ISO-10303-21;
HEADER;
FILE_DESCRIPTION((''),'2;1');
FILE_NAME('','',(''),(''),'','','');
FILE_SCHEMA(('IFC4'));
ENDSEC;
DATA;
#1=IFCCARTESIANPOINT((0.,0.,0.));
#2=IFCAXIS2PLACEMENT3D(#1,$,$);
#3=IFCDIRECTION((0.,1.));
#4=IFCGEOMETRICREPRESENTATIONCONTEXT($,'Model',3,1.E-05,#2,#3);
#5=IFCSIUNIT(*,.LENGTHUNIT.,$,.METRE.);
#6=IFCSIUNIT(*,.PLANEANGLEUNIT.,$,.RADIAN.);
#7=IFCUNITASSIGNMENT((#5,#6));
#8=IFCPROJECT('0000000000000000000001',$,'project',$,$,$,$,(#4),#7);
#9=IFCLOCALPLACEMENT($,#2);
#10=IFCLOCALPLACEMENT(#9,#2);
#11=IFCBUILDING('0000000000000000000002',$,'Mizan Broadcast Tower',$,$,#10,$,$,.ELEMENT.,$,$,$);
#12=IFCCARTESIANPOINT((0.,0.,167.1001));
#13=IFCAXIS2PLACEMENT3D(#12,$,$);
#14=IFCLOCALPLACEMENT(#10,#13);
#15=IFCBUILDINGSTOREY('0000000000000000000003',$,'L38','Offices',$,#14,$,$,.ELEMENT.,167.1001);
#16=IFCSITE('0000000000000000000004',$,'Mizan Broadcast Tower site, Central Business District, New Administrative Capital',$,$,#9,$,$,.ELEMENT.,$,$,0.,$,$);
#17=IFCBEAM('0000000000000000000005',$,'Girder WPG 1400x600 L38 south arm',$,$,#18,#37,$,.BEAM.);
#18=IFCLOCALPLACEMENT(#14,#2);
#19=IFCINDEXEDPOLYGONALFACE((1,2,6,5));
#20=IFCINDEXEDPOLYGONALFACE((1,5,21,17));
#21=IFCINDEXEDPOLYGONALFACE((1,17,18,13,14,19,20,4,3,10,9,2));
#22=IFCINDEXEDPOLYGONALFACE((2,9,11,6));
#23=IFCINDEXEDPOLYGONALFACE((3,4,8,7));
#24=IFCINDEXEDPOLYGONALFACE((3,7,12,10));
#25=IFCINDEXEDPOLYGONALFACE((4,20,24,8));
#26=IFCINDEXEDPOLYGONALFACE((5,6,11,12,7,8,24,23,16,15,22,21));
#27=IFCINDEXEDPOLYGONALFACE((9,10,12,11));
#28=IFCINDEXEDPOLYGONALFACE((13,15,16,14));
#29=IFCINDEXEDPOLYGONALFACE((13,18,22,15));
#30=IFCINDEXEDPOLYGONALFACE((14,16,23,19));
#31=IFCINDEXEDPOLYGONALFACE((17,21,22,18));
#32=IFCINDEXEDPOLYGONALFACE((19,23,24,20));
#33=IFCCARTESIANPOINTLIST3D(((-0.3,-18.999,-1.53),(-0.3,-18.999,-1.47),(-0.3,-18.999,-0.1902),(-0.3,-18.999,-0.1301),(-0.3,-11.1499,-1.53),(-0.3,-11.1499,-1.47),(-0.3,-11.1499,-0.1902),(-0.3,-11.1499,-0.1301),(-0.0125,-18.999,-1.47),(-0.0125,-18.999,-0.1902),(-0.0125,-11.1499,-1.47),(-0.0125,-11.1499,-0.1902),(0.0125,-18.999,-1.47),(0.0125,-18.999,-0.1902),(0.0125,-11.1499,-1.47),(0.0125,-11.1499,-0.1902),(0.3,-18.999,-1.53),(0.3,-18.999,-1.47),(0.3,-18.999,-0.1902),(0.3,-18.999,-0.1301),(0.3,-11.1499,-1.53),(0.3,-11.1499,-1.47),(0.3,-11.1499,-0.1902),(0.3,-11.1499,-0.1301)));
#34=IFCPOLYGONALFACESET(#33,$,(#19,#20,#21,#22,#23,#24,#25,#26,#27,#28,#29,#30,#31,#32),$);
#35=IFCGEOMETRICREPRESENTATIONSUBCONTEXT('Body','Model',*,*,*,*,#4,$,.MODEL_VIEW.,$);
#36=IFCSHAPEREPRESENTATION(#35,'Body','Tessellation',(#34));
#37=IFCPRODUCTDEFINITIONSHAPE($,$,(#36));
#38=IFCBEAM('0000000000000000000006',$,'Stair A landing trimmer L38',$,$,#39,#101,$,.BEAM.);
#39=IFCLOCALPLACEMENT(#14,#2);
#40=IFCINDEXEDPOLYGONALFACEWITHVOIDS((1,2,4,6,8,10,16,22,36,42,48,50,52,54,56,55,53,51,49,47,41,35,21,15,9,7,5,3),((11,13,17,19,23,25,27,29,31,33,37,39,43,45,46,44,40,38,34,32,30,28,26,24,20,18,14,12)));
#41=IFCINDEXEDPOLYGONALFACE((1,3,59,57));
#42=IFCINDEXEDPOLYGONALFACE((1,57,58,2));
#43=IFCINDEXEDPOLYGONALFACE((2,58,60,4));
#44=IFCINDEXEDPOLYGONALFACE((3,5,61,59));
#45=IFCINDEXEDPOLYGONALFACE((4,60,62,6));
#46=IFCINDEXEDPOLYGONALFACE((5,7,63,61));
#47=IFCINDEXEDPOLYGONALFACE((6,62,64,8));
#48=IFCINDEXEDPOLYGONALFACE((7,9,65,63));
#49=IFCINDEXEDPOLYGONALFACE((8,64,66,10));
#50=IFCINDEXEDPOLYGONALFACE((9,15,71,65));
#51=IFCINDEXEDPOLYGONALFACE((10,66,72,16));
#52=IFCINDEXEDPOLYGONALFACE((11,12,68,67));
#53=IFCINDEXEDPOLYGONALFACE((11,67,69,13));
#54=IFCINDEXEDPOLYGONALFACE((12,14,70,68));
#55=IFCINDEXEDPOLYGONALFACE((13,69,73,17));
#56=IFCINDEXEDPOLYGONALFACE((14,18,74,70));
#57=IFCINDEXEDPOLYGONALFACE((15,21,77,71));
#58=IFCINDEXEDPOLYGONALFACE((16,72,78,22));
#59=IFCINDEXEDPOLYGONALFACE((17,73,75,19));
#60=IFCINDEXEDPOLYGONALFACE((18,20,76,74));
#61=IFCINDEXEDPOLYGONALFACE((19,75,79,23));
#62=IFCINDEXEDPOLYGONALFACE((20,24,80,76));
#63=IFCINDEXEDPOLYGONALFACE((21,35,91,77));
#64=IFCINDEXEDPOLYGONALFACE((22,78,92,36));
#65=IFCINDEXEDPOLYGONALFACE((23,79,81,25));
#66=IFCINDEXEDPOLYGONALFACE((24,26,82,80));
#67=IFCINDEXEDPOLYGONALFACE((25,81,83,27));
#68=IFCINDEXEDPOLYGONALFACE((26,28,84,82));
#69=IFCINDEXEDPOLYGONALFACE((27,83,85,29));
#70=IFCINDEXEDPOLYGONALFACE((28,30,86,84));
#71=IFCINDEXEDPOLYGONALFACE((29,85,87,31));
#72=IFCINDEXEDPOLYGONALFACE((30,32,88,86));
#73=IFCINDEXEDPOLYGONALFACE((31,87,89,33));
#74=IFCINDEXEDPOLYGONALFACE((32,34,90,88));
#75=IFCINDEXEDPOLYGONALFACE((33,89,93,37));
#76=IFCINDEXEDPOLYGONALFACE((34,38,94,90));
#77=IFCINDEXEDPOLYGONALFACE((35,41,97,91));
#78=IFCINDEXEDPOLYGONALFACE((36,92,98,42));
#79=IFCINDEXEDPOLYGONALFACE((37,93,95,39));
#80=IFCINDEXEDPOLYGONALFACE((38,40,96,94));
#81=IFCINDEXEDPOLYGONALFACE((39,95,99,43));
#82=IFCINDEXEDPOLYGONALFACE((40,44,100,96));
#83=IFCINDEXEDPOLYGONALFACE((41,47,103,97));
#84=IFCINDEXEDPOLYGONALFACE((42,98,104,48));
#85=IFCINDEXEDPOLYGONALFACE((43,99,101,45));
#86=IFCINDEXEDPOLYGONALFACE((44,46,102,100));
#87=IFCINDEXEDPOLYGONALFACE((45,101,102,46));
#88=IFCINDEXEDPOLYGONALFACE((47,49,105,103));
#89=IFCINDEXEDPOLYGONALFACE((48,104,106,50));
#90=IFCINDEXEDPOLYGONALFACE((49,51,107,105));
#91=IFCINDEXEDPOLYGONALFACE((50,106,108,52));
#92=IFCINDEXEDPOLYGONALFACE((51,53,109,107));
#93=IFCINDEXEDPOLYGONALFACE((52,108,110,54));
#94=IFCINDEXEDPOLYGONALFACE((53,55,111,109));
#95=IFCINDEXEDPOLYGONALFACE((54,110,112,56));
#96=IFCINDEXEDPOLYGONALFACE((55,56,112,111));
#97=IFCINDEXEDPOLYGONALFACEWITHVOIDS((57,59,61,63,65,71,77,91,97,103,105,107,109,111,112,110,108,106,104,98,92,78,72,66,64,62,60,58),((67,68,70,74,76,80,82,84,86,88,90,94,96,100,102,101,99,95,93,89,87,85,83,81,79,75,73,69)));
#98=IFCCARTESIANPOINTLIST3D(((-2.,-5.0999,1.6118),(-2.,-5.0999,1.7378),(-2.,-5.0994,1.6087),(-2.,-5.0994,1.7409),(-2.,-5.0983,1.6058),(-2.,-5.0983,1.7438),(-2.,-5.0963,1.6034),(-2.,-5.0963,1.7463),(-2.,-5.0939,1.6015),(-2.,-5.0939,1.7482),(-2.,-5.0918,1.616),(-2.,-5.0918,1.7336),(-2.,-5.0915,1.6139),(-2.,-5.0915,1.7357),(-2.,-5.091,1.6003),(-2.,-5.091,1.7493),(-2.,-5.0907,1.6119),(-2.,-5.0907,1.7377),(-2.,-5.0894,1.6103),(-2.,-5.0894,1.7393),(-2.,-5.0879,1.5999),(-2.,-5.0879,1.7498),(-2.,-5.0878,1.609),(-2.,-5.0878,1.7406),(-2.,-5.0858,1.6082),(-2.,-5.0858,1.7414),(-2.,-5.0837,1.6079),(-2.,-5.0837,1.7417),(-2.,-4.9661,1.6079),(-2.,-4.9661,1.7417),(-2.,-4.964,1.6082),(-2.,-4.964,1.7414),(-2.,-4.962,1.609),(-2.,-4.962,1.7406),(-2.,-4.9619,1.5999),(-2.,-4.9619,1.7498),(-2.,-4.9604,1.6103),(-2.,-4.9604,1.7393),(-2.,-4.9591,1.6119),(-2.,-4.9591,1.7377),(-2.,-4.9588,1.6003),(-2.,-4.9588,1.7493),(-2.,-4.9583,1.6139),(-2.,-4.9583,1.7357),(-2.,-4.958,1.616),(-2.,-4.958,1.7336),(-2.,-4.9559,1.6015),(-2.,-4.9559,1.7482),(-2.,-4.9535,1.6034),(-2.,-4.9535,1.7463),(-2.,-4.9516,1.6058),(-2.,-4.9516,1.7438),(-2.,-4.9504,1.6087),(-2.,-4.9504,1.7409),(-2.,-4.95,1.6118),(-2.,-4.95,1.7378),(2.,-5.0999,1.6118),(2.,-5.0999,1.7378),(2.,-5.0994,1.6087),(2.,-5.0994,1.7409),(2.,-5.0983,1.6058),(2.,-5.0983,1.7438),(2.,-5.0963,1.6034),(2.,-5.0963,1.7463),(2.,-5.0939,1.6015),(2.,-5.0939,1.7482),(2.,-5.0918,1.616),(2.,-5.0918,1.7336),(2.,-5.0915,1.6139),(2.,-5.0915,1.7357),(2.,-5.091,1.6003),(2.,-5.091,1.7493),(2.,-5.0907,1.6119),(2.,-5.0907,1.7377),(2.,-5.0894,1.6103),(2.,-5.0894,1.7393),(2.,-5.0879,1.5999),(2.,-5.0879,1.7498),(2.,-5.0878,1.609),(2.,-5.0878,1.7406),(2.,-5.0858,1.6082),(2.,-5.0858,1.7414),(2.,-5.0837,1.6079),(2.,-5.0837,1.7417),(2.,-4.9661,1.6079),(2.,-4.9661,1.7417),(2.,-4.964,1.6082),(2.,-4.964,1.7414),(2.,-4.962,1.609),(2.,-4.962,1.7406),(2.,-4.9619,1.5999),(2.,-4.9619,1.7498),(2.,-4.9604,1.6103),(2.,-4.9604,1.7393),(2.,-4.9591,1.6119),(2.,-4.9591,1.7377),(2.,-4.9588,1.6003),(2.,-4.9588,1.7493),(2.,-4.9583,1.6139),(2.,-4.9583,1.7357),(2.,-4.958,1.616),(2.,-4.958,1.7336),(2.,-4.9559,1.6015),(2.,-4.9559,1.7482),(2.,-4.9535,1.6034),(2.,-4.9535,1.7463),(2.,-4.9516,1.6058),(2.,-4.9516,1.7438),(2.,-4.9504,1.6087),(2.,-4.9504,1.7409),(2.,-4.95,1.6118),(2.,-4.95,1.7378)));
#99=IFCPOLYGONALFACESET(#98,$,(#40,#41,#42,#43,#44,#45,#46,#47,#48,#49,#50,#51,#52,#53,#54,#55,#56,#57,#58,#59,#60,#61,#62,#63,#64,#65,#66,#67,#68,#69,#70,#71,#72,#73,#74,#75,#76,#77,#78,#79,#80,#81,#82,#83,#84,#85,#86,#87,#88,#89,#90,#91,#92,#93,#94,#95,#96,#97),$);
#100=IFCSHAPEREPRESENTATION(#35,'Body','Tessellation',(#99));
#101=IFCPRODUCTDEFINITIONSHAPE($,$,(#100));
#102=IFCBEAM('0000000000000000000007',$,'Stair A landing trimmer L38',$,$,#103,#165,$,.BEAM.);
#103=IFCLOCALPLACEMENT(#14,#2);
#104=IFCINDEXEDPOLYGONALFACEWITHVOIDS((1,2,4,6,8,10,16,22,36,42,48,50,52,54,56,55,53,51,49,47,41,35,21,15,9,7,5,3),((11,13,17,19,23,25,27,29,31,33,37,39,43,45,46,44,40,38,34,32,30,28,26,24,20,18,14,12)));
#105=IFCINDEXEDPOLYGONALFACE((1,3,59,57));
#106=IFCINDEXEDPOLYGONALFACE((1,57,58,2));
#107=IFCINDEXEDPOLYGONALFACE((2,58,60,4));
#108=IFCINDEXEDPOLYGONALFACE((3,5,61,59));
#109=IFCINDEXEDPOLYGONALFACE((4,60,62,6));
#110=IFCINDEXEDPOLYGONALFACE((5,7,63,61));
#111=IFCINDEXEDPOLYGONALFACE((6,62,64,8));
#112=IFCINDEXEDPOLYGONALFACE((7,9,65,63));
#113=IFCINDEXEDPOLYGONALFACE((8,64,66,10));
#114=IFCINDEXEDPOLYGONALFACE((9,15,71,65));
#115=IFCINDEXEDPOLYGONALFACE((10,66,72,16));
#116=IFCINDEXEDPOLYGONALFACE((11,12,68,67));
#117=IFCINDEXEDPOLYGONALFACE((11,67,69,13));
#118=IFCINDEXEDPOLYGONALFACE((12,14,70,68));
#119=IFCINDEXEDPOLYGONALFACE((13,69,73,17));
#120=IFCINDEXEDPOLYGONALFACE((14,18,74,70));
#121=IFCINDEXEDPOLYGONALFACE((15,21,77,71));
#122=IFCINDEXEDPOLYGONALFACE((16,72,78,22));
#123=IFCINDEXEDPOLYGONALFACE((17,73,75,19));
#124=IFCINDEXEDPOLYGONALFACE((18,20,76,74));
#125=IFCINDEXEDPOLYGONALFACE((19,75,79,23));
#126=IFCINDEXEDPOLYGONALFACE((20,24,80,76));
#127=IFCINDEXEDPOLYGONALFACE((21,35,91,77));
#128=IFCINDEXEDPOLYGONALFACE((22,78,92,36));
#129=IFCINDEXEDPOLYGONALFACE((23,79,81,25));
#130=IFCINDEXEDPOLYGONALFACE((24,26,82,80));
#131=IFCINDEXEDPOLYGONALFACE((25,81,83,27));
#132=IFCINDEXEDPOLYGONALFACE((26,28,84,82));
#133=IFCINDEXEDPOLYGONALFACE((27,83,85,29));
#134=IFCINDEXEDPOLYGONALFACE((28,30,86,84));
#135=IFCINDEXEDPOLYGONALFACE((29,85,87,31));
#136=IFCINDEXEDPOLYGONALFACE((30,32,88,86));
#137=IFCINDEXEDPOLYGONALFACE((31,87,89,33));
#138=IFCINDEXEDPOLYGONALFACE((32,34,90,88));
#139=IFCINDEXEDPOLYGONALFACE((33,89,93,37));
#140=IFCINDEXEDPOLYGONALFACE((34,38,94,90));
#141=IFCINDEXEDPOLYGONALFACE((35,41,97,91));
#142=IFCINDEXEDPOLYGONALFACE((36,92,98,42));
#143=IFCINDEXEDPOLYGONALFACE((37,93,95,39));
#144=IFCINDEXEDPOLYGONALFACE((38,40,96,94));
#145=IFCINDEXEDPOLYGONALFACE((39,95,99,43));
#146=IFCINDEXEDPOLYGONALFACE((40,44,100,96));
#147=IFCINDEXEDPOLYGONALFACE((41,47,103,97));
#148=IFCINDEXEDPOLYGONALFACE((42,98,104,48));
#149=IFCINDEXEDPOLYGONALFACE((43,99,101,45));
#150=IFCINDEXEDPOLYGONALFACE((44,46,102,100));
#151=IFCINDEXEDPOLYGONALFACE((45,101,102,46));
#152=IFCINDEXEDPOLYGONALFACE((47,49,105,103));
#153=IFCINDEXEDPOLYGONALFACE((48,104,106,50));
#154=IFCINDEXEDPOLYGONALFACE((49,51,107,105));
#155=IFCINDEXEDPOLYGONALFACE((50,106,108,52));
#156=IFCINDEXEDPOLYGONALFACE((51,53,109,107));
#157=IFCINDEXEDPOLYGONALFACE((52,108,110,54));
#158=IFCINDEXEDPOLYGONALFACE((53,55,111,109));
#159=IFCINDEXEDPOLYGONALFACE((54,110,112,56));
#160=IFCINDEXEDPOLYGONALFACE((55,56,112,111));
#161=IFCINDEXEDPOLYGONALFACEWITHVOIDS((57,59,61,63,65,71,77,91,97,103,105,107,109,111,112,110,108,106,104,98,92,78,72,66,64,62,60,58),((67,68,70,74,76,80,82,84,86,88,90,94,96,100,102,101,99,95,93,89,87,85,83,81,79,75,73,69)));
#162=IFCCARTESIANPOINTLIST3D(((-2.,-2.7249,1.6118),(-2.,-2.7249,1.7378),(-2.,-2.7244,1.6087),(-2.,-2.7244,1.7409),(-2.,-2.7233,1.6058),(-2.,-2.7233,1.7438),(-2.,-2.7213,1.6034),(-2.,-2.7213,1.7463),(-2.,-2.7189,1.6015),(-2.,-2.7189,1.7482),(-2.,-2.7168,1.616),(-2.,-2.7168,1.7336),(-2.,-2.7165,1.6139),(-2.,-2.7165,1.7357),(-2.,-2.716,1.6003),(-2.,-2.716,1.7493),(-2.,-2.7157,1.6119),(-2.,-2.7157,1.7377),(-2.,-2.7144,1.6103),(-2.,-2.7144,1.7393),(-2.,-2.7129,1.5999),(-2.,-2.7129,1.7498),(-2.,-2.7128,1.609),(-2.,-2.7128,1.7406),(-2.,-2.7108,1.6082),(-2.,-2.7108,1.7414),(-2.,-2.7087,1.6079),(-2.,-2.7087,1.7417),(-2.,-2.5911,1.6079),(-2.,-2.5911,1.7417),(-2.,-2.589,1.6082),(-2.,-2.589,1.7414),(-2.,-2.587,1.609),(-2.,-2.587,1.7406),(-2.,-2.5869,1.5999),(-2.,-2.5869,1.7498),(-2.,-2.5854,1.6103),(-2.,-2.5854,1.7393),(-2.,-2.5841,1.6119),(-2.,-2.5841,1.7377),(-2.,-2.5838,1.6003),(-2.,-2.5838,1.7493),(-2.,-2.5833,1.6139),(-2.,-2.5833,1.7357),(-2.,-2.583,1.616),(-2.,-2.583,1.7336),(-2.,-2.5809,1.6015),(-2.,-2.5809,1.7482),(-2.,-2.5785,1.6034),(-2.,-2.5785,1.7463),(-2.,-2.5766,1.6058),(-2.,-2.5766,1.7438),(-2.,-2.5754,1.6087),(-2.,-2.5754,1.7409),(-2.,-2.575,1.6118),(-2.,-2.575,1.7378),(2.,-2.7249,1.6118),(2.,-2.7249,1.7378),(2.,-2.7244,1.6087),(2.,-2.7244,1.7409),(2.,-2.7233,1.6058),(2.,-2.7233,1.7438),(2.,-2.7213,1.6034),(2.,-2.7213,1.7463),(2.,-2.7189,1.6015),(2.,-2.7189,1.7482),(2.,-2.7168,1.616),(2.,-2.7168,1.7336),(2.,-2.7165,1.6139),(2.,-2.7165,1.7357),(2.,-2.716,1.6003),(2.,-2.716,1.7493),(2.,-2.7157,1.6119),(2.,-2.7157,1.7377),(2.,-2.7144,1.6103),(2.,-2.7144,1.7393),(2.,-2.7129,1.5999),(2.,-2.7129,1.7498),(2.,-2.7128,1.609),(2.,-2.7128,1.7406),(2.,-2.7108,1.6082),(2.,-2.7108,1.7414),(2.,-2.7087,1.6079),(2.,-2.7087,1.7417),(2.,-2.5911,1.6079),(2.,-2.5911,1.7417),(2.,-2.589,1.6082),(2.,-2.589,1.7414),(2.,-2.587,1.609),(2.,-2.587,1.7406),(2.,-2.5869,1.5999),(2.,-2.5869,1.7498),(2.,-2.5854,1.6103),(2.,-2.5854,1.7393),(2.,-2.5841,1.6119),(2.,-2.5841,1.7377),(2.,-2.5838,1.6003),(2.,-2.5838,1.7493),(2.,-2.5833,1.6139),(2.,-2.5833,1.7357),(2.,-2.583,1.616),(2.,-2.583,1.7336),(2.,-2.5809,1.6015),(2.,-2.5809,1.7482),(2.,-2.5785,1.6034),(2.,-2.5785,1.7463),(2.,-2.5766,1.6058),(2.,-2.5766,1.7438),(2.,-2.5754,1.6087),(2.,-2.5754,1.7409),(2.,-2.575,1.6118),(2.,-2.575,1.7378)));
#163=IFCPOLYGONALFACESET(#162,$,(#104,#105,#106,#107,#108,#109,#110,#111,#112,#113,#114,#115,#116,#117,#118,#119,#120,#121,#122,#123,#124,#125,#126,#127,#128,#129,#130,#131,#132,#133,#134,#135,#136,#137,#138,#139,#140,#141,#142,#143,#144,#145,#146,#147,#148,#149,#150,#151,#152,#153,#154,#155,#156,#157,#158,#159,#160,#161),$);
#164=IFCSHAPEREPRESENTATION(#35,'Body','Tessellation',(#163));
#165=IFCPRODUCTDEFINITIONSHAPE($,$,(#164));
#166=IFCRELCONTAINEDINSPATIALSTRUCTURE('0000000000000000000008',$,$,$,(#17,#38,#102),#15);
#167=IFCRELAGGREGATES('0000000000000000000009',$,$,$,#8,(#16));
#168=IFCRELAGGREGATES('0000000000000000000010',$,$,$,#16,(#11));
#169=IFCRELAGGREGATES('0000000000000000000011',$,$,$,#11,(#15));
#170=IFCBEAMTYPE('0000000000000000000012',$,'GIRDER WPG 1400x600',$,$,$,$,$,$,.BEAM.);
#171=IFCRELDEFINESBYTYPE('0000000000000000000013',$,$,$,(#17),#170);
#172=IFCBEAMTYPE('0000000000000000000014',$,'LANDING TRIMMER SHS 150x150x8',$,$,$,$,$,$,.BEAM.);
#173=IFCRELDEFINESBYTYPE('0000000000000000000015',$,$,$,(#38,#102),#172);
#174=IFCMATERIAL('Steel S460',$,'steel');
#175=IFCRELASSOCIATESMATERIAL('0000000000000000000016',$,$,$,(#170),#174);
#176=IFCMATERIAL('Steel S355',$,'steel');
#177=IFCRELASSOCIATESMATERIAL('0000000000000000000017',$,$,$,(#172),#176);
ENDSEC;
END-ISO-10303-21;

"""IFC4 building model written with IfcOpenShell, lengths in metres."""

from ifc_helpers import new_model, si_unit, direction, frame, origin, origin_2d, place, context, subcontext, project, spatial, hollow_rectangle, i_section, extrude, material, material_profile, profile_set, type_object, element, save


model = new_model("IFC4")

# Units and contexts
model_context = context("Model", 3, precision=1e-05, world=origin(), true_north=direction((0.0, 1.0)))
body_context = subcontext(model_context, "Body", "Model", "MODEL_VIEW")
ifc_project = project(units=[si_unit("LENGTHUNIT", "METRE"), si_unit("PLANEANGLEUNIT", "RADIAN")], contexts=[model_context])

# Site, building, storey
site_placement = place(None, origin())
site = spatial("IfcSite", under=ifc_project, at=site_placement, Name="Mizan Broadcast Tower site, Central Business District, New Administrative Capital", CompositionType="ELEMENT", RefElevation=0.0)
building_placement = place(site_placement, origin())
building = spatial("IfcBuilding", under=site, at=building_placement, Name="Mizan Broadcast Tower", CompositionType="ELEMENT")
storey_placement = place(building_placement, frame((0.0, 0.0, 167.1001)))
storey = spatial("IfcBuildingStorey", under=building, at=storey_placement, Name="L38", Description="Offices", CompositionType="ELEMENT", Elevation=167.1001)

# Beams
ifc_material_1 = material(Name="Steel S460", Category="steel")
ifc_material_profile_1 = material_profile(ifc_material_1, i_section(OverallWidth=0.6001, OverallDepth=1.3999, WebThickness=0.0249, FlangeThickness=0.0601, at=origin_2d()), Name="WPG 1400x600")
ifc_profile_set_1 = profile_set([ifc_material_profile_1], Name="Steel S460")
beam_type_1 = type_object("IfcBeamType", Name="GIRDER WPG 1400x600", PredefinedType="BEAM", material=ifc_profile_set_1)
beam_1_placement = place(storey_placement, frame((0.0, -11.1499, -0.8301), z_axis=(0.0, -1.0, 0.0), x_axis=(1.0, 0.0, 0.0)))
element("IfcBeam", 1, at=beam_1_placement, inside=storey, type_object=beam_type_1, Name="Girder WPG 1400x600 L38 south arm", PredefinedType="BEAM", context=body_context, shape_type="SweptSolid", body=[
    extrude(i_section(OverallWidth=0.6001, OverallDepth=1.3999, WebThickness=0.0249, FlangeThickness=0.0601, at=origin_2d()), origin(), (0.0, 0.0, 1.0), 7.8491),
])
ifc_material_2 = material(Name="Steel S355", Category="steel")
ifc_material_profile_2 = material_profile(ifc_material_2, hollow_rectangle(XDim=0.1499, YDim=0.1499, WallThickness=0.0081, InnerFilletRadius=0.0081, OuterFilletRadius=0.012, at=origin_2d()), Name="SHS 150x150x8")
ifc_profile_set_2 = profile_set([ifc_material_profile_2], Name="Steel S355")
beam_type_2 = type_object("IfcBeamType", Name="LANDING TRIMMER SHS 150x150x8", PredefinedType="BEAM", material=ifc_profile_set_2)
for number, where, z_axis, x_axis, name in (
    (2, (-2.0, -5.0249, 1.6748), (1.0, 0.0, 0.0), (0.0, 1.0, 0.0), "Stair A landing trimmer L38"),
    (3, (-2.0, -2.6499, 1.6748), (1.0, 0.0, 0.0), (0.0, 1.0, 0.0), "Stair A landing trimmer L38"),
):
    element("IfcBeam", number, at=place(storey_placement, frame(where, z_axis=z_axis, x_axis=x_axis)), inside=storey, type_object=beam_type_2, Name=name, PredefinedType="BEAM", context=body_context, shape_type="SweptSolid", body=[
        extrude(hollow_rectangle(XDim=0.1499, YDim=0.1499, WallThickness=0.0081, InnerFilletRadius=0.0081, OuterFilletRadius=0.012, at=origin_2d()), origin(), (0.0, 0.0, 1.0), 4.0),
    ])

save(model, "model.ifc")
